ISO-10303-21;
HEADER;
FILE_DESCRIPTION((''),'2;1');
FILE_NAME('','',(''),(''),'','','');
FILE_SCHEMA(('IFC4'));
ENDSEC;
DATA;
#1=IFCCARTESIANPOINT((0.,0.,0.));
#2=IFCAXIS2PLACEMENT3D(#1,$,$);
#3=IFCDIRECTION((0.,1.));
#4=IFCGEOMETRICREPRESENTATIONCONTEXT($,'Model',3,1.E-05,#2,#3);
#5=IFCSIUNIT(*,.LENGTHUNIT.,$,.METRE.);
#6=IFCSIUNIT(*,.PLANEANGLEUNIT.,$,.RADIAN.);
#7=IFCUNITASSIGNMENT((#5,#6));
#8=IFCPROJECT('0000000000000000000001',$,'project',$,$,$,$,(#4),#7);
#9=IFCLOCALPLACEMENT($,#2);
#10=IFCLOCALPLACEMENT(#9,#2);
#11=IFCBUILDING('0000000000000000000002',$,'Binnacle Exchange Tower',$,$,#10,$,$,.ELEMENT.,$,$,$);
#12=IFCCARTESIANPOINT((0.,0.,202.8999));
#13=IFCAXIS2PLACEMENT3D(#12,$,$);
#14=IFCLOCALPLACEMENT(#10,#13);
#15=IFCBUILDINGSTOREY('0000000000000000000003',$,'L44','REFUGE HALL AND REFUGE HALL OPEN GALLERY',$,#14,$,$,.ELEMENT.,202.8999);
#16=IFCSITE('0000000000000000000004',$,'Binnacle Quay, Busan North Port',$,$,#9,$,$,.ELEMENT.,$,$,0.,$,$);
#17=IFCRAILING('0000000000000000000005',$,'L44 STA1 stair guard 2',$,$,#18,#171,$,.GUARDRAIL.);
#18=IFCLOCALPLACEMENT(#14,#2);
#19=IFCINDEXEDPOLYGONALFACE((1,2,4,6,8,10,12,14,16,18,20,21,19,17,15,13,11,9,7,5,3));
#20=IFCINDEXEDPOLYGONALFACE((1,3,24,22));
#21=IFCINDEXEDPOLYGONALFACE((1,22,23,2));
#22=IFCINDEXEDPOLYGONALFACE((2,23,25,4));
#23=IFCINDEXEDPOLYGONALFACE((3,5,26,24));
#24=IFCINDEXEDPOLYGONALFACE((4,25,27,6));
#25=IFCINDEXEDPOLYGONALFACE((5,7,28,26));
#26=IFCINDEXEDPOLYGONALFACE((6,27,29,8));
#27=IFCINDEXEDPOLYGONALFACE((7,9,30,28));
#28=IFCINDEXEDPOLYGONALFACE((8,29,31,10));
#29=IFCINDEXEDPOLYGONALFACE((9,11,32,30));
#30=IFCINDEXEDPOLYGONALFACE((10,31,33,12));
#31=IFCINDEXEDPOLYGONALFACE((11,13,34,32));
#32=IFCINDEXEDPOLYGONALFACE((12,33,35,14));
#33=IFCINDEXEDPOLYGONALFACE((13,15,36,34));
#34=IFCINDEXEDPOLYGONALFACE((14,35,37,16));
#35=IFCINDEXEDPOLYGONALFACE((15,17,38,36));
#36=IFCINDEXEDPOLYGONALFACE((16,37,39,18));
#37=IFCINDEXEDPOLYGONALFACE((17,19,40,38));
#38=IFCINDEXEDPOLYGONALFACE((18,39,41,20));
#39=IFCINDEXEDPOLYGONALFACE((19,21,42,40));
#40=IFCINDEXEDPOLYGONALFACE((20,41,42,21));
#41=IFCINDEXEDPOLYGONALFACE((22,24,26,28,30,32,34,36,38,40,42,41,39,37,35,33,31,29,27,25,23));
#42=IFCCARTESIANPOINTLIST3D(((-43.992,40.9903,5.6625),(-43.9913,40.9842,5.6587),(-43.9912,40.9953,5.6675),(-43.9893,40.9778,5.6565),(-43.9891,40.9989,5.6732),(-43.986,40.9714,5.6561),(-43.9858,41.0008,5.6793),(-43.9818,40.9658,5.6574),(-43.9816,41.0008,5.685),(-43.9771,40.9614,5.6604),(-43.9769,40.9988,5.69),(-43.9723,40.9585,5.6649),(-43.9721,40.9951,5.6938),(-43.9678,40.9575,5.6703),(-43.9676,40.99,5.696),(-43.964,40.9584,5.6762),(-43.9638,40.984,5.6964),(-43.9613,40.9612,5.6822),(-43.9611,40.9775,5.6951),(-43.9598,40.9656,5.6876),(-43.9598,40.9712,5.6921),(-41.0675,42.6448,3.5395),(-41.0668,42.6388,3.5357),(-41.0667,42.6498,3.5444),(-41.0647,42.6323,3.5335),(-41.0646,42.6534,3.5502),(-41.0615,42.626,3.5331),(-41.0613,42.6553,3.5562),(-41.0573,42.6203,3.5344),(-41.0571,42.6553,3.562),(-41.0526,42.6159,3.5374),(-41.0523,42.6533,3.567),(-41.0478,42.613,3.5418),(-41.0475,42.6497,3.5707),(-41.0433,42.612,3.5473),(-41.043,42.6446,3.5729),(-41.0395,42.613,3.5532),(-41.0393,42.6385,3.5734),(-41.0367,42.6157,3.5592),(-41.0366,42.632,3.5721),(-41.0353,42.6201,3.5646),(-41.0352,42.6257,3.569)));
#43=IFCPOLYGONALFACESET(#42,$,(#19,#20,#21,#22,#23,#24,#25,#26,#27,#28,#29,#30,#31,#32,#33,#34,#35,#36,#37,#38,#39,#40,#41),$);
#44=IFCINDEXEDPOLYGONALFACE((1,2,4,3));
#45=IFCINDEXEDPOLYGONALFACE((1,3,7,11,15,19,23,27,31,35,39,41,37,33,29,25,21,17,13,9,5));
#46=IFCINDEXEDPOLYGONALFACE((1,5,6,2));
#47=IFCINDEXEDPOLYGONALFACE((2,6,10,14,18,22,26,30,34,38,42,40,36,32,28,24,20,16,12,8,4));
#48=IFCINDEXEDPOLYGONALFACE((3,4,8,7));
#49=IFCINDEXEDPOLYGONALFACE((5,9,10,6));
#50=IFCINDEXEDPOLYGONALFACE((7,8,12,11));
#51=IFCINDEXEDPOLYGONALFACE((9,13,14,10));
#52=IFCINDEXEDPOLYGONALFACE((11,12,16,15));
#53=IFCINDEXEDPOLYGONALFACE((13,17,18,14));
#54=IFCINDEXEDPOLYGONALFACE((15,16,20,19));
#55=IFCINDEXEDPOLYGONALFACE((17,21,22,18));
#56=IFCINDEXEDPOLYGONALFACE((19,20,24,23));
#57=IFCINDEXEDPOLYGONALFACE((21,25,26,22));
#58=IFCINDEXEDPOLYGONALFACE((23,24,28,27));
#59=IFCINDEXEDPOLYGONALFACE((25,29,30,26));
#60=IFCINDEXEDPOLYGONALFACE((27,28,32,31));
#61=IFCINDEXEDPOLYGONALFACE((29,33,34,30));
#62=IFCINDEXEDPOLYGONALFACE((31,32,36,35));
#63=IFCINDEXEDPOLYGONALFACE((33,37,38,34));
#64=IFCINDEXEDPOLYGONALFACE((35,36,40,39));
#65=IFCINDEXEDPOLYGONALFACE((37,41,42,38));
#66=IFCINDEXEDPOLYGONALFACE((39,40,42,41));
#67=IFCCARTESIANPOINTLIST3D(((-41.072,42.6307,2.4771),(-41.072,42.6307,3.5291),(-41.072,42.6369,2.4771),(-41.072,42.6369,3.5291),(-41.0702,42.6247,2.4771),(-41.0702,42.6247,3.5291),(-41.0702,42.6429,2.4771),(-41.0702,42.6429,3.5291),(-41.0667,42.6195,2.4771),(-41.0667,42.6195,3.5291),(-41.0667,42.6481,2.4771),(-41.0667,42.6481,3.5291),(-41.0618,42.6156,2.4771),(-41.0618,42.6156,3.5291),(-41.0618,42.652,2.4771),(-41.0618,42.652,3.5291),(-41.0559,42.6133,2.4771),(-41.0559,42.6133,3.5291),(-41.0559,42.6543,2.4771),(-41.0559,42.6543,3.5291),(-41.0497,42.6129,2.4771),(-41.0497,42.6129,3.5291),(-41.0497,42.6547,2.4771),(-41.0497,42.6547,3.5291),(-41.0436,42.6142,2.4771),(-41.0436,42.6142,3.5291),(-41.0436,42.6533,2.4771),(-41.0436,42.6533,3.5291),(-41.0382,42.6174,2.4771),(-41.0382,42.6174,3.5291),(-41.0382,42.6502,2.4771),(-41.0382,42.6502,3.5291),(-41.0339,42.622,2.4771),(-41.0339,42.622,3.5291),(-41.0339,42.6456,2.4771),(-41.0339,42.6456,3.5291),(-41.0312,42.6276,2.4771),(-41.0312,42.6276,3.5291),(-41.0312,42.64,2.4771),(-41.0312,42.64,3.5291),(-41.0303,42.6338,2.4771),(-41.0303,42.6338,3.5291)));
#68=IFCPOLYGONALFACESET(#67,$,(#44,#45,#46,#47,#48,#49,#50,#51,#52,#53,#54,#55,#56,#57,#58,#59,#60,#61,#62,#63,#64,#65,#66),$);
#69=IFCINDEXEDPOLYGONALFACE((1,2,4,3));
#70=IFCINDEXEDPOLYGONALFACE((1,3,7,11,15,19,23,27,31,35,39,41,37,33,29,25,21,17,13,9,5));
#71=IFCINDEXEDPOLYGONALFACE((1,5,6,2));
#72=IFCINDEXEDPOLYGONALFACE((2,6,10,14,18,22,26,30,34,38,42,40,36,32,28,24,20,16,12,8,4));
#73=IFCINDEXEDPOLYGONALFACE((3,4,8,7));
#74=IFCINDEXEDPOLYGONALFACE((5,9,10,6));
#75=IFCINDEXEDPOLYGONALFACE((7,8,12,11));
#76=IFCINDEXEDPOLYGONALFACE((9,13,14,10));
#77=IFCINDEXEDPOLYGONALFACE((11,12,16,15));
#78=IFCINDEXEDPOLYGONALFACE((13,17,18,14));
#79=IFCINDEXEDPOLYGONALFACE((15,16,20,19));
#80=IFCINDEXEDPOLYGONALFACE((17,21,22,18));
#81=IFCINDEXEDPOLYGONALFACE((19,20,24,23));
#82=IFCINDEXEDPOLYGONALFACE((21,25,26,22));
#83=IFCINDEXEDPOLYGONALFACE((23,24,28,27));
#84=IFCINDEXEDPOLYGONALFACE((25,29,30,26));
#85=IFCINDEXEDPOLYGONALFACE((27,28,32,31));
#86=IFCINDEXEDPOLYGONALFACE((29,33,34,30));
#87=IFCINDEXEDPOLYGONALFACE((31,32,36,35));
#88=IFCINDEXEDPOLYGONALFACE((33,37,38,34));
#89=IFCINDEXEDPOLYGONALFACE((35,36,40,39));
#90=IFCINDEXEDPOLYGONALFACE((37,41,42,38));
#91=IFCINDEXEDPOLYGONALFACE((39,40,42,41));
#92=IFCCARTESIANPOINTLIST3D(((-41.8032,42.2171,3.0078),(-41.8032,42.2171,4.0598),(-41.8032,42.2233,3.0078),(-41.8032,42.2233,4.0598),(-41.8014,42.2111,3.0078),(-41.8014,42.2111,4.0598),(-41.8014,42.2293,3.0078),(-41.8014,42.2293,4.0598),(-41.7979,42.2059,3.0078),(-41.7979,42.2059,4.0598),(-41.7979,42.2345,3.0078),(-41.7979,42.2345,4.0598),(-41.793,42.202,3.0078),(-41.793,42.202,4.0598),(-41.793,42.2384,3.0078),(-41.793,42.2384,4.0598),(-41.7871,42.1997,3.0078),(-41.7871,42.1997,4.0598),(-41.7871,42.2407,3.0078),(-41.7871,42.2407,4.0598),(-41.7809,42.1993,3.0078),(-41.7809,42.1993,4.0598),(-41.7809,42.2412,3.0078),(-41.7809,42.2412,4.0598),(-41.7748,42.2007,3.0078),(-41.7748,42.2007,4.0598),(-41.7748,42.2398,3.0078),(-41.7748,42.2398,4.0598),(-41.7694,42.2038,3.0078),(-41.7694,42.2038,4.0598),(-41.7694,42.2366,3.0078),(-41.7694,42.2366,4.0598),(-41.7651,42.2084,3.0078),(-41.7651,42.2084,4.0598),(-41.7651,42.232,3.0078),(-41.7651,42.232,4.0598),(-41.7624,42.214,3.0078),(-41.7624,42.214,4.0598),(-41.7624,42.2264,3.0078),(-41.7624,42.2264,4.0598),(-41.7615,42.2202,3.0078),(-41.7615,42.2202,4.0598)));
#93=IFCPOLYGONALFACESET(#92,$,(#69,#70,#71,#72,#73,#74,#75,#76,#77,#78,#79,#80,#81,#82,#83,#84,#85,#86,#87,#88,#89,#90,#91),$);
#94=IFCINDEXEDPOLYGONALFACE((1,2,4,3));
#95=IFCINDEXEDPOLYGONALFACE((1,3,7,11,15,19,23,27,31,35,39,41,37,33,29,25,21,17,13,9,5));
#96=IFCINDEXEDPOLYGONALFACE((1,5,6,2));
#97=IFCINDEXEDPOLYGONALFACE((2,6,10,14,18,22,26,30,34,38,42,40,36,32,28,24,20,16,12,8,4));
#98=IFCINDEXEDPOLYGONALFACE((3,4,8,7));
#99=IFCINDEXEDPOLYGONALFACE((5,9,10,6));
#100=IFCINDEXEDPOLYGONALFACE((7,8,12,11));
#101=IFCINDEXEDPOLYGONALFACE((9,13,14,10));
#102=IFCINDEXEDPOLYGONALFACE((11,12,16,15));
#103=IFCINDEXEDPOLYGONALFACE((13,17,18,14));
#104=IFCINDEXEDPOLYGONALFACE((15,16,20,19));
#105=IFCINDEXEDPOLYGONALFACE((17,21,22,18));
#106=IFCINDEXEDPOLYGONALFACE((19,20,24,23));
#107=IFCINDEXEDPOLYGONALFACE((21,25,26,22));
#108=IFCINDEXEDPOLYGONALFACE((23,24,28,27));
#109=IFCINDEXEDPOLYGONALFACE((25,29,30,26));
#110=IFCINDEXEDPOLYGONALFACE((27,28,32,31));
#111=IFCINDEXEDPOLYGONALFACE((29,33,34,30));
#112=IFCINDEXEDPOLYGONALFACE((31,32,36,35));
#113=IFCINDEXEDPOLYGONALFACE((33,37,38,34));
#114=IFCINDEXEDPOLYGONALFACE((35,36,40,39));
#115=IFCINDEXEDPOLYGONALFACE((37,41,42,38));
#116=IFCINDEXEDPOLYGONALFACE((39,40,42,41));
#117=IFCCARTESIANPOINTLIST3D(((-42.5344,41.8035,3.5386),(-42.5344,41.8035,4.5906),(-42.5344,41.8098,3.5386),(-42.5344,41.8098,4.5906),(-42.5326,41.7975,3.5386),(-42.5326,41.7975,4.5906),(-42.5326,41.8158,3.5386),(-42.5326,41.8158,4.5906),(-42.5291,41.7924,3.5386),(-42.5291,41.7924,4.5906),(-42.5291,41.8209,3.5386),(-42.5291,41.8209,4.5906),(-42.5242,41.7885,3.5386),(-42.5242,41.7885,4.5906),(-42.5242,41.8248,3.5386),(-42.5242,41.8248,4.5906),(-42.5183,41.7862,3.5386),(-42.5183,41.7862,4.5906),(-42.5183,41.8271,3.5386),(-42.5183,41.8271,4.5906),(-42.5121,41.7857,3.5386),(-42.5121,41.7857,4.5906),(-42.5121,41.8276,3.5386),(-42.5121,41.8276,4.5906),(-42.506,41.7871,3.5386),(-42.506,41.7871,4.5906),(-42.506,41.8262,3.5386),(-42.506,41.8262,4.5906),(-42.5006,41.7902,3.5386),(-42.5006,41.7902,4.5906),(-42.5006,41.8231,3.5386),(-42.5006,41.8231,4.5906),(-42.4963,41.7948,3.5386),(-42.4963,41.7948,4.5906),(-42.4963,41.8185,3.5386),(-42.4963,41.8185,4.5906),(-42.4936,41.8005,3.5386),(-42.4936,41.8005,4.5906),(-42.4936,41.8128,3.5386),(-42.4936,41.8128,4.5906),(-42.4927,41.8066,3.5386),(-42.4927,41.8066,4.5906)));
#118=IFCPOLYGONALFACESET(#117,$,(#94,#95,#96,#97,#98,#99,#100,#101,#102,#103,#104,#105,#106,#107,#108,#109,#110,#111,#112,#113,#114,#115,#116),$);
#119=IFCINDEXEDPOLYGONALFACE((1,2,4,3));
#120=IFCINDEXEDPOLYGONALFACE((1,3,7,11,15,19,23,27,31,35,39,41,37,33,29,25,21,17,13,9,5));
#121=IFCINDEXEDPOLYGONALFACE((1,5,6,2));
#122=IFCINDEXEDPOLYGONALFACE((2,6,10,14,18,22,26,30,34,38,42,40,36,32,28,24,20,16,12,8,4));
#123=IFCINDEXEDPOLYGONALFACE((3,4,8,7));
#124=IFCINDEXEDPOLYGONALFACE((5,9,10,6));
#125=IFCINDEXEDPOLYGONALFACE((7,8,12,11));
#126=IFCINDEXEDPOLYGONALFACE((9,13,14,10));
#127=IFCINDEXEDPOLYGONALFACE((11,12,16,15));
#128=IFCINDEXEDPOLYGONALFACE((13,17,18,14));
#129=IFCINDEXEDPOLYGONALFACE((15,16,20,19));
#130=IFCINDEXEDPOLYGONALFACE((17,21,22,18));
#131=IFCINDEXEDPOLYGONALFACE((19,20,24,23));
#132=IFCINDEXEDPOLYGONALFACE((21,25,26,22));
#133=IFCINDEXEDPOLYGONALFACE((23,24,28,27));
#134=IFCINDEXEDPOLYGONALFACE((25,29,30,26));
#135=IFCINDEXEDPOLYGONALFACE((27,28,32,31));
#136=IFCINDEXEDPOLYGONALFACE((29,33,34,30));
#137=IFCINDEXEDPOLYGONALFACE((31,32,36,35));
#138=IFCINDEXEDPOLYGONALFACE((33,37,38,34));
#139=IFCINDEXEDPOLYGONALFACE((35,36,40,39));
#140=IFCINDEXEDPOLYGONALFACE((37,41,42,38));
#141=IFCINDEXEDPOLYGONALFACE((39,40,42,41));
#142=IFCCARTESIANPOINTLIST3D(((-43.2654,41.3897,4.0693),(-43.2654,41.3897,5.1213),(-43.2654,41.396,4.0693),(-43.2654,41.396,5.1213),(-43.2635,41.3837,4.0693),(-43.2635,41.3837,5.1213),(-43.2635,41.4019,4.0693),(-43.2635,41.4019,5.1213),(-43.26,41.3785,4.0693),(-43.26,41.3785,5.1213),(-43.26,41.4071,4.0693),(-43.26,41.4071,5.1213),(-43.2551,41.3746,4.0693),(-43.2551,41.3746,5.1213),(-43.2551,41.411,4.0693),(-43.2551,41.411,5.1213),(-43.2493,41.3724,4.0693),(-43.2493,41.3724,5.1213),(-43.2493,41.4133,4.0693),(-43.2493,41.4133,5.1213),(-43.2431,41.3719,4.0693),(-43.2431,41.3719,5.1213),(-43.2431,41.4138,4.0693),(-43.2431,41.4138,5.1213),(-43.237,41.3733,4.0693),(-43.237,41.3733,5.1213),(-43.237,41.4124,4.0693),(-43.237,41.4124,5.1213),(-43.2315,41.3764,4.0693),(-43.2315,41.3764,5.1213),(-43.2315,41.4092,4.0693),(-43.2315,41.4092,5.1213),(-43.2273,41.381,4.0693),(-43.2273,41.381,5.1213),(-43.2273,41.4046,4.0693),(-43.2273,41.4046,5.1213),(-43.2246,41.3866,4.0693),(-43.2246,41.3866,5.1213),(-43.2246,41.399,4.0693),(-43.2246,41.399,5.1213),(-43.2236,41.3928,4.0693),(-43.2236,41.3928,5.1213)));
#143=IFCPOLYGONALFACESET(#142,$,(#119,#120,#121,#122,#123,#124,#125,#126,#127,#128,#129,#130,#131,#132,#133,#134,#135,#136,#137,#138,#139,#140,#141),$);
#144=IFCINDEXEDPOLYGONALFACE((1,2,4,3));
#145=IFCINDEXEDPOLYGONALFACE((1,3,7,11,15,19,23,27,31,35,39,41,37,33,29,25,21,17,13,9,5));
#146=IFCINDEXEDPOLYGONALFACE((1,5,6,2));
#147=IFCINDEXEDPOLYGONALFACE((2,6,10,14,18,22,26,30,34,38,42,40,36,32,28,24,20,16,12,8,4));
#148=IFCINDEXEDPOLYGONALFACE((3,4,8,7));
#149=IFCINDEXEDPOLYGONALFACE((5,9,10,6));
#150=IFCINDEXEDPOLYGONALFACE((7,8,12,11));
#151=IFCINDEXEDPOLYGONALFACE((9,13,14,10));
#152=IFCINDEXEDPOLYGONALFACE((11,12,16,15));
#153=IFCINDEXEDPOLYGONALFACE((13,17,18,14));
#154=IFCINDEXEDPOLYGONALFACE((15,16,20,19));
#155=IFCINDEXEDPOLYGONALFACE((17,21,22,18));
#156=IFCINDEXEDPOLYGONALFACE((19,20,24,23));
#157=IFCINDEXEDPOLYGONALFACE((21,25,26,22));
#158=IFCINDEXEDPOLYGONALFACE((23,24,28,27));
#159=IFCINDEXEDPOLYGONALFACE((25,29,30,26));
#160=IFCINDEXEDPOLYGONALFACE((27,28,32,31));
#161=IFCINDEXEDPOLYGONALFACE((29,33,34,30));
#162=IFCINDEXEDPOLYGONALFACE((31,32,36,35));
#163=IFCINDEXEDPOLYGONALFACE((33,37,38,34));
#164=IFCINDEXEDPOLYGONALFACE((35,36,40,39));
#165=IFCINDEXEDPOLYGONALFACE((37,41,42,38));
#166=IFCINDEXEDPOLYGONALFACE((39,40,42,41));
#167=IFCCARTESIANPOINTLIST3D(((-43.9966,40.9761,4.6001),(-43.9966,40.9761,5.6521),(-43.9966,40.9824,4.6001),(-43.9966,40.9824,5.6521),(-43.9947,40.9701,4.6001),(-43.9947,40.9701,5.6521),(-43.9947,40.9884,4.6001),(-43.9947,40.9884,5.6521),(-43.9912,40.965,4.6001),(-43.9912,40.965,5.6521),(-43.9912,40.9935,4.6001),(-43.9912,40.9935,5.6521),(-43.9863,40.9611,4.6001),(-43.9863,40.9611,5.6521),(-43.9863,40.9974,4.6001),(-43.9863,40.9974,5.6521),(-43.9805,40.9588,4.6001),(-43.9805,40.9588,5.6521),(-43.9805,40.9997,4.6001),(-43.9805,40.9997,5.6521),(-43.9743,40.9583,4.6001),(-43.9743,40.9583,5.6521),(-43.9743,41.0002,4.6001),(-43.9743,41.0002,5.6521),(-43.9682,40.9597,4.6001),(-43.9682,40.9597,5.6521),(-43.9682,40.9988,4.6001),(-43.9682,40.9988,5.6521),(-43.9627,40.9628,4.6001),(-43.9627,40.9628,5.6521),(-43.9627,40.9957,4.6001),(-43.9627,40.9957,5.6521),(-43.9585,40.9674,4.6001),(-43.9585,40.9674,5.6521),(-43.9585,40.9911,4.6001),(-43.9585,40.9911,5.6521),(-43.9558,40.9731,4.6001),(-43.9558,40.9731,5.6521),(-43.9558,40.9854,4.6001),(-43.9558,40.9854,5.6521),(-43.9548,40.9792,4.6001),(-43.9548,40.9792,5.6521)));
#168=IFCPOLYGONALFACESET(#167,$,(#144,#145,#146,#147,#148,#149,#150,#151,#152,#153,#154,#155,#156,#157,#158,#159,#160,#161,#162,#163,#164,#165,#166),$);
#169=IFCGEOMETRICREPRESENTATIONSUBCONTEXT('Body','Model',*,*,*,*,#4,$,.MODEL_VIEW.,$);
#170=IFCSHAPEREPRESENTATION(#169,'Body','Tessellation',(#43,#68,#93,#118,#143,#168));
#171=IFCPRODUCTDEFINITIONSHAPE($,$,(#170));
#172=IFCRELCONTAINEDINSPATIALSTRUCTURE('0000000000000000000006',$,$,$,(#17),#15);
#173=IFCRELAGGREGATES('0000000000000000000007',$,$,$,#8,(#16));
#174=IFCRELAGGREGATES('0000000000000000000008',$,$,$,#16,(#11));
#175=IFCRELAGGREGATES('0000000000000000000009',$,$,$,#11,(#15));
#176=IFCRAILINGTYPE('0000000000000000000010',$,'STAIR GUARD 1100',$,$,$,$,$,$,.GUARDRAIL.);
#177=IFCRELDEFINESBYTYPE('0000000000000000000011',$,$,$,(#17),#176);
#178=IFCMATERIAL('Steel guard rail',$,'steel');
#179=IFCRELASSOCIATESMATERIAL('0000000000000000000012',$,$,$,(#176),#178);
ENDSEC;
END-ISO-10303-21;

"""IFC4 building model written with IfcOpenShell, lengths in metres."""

from ifc_helpers import new_model, si_unit, direction, frame, origin, origin_2d, place, context, subcontext, project, spatial, circle, extrude, material, type_object, element, save


model = new_model("IFC4")

# Units and contexts
model_context = context("Model", 3, precision=1e-05, world=origin(), true_north=direction((0.0, 1.0)))
body_context = subcontext(model_context, "Body", "Model", "MODEL_VIEW")
ifc_project = project(units=[si_unit("LENGTHUNIT", "METRE"), si_unit("PLANEANGLEUNIT", "RADIAN")], contexts=[model_context])

# Site, building, storey
site_placement = place(None, origin())
site = spatial("IfcSite", under=ifc_project, at=site_placement, Name="Binnacle Quay, Busan North Port", CompositionType="ELEMENT", RefElevation=0.0)
building_placement = place(site_placement, origin())
building = spatial("IfcBuilding", under=site, at=building_placement, Name="Binnacle Exchange Tower", CompositionType="ELEMENT")
storey_placement = place(building_placement, frame((0.0, 0.0, 202.8999)))
storey = spatial("IfcBuildingStorey", under=building, at=storey_placement, Name="L44", Description="REFUGE HALL AND REFUGE HALL OPEN GALLERY", CompositionType="ELEMENT", Elevation=202.8999)

# Railing
ifc_material_1 = material(Name="Steel guard rail", Category="steel")
railing_type = type_object("IfcRailingType", Name="STAIR GUARD 1100", PredefinedType="GUARDRAIL", material=ifc_material_1)
railing_placement = place(storey_placement, frame((-41.0513, 42.6338, 2.4771)))
element("IfcRailing", 1, at=railing_placement, inside=storey, type_object=railing_type, Name="L44 STA1 stair guard 2", PredefinedType="GUARDRAIL", context=body_context, shape_type="SweptSolid", body=[
    extrude(circle(Radius=0.0239, at=origin_2d()), frame((0.0, 0.0, 1.0762), z_axis=(-0.735802, -0.416273, 0.534146), x_axis=(0.492402, -0.870368, 0.0)), (0.0, 0.0, 1.0), 3.9746),
    extrude(circle(Radius=0.021, at=origin_2d()), origin(), (0.0, 0.0, 1.0), 1.052),
    extrude(circle(Radius=0.021, at=origin_2d()), frame((-0.7312, -0.4136, 0.5308)), (0.0, 0.0, 1.0), 1.052),
    extrude(circle(Radius=0.021, at=origin_2d()), frame((-1.4624, -0.8271, 1.0615)), (0.0, 0.0, 1.0), 1.052),
    extrude(circle(Radius=0.021, at=origin_2d()), frame((-2.1934, -1.241, 1.5923)), (0.0, 0.0, 1.0), 1.052),
    extrude(circle(Radius=0.021, at=origin_2d()), frame((-2.9246, -1.6545, 2.123)), (0.0, 0.0, 1.0), 1.052),
])

save(model, "model.ifc")
